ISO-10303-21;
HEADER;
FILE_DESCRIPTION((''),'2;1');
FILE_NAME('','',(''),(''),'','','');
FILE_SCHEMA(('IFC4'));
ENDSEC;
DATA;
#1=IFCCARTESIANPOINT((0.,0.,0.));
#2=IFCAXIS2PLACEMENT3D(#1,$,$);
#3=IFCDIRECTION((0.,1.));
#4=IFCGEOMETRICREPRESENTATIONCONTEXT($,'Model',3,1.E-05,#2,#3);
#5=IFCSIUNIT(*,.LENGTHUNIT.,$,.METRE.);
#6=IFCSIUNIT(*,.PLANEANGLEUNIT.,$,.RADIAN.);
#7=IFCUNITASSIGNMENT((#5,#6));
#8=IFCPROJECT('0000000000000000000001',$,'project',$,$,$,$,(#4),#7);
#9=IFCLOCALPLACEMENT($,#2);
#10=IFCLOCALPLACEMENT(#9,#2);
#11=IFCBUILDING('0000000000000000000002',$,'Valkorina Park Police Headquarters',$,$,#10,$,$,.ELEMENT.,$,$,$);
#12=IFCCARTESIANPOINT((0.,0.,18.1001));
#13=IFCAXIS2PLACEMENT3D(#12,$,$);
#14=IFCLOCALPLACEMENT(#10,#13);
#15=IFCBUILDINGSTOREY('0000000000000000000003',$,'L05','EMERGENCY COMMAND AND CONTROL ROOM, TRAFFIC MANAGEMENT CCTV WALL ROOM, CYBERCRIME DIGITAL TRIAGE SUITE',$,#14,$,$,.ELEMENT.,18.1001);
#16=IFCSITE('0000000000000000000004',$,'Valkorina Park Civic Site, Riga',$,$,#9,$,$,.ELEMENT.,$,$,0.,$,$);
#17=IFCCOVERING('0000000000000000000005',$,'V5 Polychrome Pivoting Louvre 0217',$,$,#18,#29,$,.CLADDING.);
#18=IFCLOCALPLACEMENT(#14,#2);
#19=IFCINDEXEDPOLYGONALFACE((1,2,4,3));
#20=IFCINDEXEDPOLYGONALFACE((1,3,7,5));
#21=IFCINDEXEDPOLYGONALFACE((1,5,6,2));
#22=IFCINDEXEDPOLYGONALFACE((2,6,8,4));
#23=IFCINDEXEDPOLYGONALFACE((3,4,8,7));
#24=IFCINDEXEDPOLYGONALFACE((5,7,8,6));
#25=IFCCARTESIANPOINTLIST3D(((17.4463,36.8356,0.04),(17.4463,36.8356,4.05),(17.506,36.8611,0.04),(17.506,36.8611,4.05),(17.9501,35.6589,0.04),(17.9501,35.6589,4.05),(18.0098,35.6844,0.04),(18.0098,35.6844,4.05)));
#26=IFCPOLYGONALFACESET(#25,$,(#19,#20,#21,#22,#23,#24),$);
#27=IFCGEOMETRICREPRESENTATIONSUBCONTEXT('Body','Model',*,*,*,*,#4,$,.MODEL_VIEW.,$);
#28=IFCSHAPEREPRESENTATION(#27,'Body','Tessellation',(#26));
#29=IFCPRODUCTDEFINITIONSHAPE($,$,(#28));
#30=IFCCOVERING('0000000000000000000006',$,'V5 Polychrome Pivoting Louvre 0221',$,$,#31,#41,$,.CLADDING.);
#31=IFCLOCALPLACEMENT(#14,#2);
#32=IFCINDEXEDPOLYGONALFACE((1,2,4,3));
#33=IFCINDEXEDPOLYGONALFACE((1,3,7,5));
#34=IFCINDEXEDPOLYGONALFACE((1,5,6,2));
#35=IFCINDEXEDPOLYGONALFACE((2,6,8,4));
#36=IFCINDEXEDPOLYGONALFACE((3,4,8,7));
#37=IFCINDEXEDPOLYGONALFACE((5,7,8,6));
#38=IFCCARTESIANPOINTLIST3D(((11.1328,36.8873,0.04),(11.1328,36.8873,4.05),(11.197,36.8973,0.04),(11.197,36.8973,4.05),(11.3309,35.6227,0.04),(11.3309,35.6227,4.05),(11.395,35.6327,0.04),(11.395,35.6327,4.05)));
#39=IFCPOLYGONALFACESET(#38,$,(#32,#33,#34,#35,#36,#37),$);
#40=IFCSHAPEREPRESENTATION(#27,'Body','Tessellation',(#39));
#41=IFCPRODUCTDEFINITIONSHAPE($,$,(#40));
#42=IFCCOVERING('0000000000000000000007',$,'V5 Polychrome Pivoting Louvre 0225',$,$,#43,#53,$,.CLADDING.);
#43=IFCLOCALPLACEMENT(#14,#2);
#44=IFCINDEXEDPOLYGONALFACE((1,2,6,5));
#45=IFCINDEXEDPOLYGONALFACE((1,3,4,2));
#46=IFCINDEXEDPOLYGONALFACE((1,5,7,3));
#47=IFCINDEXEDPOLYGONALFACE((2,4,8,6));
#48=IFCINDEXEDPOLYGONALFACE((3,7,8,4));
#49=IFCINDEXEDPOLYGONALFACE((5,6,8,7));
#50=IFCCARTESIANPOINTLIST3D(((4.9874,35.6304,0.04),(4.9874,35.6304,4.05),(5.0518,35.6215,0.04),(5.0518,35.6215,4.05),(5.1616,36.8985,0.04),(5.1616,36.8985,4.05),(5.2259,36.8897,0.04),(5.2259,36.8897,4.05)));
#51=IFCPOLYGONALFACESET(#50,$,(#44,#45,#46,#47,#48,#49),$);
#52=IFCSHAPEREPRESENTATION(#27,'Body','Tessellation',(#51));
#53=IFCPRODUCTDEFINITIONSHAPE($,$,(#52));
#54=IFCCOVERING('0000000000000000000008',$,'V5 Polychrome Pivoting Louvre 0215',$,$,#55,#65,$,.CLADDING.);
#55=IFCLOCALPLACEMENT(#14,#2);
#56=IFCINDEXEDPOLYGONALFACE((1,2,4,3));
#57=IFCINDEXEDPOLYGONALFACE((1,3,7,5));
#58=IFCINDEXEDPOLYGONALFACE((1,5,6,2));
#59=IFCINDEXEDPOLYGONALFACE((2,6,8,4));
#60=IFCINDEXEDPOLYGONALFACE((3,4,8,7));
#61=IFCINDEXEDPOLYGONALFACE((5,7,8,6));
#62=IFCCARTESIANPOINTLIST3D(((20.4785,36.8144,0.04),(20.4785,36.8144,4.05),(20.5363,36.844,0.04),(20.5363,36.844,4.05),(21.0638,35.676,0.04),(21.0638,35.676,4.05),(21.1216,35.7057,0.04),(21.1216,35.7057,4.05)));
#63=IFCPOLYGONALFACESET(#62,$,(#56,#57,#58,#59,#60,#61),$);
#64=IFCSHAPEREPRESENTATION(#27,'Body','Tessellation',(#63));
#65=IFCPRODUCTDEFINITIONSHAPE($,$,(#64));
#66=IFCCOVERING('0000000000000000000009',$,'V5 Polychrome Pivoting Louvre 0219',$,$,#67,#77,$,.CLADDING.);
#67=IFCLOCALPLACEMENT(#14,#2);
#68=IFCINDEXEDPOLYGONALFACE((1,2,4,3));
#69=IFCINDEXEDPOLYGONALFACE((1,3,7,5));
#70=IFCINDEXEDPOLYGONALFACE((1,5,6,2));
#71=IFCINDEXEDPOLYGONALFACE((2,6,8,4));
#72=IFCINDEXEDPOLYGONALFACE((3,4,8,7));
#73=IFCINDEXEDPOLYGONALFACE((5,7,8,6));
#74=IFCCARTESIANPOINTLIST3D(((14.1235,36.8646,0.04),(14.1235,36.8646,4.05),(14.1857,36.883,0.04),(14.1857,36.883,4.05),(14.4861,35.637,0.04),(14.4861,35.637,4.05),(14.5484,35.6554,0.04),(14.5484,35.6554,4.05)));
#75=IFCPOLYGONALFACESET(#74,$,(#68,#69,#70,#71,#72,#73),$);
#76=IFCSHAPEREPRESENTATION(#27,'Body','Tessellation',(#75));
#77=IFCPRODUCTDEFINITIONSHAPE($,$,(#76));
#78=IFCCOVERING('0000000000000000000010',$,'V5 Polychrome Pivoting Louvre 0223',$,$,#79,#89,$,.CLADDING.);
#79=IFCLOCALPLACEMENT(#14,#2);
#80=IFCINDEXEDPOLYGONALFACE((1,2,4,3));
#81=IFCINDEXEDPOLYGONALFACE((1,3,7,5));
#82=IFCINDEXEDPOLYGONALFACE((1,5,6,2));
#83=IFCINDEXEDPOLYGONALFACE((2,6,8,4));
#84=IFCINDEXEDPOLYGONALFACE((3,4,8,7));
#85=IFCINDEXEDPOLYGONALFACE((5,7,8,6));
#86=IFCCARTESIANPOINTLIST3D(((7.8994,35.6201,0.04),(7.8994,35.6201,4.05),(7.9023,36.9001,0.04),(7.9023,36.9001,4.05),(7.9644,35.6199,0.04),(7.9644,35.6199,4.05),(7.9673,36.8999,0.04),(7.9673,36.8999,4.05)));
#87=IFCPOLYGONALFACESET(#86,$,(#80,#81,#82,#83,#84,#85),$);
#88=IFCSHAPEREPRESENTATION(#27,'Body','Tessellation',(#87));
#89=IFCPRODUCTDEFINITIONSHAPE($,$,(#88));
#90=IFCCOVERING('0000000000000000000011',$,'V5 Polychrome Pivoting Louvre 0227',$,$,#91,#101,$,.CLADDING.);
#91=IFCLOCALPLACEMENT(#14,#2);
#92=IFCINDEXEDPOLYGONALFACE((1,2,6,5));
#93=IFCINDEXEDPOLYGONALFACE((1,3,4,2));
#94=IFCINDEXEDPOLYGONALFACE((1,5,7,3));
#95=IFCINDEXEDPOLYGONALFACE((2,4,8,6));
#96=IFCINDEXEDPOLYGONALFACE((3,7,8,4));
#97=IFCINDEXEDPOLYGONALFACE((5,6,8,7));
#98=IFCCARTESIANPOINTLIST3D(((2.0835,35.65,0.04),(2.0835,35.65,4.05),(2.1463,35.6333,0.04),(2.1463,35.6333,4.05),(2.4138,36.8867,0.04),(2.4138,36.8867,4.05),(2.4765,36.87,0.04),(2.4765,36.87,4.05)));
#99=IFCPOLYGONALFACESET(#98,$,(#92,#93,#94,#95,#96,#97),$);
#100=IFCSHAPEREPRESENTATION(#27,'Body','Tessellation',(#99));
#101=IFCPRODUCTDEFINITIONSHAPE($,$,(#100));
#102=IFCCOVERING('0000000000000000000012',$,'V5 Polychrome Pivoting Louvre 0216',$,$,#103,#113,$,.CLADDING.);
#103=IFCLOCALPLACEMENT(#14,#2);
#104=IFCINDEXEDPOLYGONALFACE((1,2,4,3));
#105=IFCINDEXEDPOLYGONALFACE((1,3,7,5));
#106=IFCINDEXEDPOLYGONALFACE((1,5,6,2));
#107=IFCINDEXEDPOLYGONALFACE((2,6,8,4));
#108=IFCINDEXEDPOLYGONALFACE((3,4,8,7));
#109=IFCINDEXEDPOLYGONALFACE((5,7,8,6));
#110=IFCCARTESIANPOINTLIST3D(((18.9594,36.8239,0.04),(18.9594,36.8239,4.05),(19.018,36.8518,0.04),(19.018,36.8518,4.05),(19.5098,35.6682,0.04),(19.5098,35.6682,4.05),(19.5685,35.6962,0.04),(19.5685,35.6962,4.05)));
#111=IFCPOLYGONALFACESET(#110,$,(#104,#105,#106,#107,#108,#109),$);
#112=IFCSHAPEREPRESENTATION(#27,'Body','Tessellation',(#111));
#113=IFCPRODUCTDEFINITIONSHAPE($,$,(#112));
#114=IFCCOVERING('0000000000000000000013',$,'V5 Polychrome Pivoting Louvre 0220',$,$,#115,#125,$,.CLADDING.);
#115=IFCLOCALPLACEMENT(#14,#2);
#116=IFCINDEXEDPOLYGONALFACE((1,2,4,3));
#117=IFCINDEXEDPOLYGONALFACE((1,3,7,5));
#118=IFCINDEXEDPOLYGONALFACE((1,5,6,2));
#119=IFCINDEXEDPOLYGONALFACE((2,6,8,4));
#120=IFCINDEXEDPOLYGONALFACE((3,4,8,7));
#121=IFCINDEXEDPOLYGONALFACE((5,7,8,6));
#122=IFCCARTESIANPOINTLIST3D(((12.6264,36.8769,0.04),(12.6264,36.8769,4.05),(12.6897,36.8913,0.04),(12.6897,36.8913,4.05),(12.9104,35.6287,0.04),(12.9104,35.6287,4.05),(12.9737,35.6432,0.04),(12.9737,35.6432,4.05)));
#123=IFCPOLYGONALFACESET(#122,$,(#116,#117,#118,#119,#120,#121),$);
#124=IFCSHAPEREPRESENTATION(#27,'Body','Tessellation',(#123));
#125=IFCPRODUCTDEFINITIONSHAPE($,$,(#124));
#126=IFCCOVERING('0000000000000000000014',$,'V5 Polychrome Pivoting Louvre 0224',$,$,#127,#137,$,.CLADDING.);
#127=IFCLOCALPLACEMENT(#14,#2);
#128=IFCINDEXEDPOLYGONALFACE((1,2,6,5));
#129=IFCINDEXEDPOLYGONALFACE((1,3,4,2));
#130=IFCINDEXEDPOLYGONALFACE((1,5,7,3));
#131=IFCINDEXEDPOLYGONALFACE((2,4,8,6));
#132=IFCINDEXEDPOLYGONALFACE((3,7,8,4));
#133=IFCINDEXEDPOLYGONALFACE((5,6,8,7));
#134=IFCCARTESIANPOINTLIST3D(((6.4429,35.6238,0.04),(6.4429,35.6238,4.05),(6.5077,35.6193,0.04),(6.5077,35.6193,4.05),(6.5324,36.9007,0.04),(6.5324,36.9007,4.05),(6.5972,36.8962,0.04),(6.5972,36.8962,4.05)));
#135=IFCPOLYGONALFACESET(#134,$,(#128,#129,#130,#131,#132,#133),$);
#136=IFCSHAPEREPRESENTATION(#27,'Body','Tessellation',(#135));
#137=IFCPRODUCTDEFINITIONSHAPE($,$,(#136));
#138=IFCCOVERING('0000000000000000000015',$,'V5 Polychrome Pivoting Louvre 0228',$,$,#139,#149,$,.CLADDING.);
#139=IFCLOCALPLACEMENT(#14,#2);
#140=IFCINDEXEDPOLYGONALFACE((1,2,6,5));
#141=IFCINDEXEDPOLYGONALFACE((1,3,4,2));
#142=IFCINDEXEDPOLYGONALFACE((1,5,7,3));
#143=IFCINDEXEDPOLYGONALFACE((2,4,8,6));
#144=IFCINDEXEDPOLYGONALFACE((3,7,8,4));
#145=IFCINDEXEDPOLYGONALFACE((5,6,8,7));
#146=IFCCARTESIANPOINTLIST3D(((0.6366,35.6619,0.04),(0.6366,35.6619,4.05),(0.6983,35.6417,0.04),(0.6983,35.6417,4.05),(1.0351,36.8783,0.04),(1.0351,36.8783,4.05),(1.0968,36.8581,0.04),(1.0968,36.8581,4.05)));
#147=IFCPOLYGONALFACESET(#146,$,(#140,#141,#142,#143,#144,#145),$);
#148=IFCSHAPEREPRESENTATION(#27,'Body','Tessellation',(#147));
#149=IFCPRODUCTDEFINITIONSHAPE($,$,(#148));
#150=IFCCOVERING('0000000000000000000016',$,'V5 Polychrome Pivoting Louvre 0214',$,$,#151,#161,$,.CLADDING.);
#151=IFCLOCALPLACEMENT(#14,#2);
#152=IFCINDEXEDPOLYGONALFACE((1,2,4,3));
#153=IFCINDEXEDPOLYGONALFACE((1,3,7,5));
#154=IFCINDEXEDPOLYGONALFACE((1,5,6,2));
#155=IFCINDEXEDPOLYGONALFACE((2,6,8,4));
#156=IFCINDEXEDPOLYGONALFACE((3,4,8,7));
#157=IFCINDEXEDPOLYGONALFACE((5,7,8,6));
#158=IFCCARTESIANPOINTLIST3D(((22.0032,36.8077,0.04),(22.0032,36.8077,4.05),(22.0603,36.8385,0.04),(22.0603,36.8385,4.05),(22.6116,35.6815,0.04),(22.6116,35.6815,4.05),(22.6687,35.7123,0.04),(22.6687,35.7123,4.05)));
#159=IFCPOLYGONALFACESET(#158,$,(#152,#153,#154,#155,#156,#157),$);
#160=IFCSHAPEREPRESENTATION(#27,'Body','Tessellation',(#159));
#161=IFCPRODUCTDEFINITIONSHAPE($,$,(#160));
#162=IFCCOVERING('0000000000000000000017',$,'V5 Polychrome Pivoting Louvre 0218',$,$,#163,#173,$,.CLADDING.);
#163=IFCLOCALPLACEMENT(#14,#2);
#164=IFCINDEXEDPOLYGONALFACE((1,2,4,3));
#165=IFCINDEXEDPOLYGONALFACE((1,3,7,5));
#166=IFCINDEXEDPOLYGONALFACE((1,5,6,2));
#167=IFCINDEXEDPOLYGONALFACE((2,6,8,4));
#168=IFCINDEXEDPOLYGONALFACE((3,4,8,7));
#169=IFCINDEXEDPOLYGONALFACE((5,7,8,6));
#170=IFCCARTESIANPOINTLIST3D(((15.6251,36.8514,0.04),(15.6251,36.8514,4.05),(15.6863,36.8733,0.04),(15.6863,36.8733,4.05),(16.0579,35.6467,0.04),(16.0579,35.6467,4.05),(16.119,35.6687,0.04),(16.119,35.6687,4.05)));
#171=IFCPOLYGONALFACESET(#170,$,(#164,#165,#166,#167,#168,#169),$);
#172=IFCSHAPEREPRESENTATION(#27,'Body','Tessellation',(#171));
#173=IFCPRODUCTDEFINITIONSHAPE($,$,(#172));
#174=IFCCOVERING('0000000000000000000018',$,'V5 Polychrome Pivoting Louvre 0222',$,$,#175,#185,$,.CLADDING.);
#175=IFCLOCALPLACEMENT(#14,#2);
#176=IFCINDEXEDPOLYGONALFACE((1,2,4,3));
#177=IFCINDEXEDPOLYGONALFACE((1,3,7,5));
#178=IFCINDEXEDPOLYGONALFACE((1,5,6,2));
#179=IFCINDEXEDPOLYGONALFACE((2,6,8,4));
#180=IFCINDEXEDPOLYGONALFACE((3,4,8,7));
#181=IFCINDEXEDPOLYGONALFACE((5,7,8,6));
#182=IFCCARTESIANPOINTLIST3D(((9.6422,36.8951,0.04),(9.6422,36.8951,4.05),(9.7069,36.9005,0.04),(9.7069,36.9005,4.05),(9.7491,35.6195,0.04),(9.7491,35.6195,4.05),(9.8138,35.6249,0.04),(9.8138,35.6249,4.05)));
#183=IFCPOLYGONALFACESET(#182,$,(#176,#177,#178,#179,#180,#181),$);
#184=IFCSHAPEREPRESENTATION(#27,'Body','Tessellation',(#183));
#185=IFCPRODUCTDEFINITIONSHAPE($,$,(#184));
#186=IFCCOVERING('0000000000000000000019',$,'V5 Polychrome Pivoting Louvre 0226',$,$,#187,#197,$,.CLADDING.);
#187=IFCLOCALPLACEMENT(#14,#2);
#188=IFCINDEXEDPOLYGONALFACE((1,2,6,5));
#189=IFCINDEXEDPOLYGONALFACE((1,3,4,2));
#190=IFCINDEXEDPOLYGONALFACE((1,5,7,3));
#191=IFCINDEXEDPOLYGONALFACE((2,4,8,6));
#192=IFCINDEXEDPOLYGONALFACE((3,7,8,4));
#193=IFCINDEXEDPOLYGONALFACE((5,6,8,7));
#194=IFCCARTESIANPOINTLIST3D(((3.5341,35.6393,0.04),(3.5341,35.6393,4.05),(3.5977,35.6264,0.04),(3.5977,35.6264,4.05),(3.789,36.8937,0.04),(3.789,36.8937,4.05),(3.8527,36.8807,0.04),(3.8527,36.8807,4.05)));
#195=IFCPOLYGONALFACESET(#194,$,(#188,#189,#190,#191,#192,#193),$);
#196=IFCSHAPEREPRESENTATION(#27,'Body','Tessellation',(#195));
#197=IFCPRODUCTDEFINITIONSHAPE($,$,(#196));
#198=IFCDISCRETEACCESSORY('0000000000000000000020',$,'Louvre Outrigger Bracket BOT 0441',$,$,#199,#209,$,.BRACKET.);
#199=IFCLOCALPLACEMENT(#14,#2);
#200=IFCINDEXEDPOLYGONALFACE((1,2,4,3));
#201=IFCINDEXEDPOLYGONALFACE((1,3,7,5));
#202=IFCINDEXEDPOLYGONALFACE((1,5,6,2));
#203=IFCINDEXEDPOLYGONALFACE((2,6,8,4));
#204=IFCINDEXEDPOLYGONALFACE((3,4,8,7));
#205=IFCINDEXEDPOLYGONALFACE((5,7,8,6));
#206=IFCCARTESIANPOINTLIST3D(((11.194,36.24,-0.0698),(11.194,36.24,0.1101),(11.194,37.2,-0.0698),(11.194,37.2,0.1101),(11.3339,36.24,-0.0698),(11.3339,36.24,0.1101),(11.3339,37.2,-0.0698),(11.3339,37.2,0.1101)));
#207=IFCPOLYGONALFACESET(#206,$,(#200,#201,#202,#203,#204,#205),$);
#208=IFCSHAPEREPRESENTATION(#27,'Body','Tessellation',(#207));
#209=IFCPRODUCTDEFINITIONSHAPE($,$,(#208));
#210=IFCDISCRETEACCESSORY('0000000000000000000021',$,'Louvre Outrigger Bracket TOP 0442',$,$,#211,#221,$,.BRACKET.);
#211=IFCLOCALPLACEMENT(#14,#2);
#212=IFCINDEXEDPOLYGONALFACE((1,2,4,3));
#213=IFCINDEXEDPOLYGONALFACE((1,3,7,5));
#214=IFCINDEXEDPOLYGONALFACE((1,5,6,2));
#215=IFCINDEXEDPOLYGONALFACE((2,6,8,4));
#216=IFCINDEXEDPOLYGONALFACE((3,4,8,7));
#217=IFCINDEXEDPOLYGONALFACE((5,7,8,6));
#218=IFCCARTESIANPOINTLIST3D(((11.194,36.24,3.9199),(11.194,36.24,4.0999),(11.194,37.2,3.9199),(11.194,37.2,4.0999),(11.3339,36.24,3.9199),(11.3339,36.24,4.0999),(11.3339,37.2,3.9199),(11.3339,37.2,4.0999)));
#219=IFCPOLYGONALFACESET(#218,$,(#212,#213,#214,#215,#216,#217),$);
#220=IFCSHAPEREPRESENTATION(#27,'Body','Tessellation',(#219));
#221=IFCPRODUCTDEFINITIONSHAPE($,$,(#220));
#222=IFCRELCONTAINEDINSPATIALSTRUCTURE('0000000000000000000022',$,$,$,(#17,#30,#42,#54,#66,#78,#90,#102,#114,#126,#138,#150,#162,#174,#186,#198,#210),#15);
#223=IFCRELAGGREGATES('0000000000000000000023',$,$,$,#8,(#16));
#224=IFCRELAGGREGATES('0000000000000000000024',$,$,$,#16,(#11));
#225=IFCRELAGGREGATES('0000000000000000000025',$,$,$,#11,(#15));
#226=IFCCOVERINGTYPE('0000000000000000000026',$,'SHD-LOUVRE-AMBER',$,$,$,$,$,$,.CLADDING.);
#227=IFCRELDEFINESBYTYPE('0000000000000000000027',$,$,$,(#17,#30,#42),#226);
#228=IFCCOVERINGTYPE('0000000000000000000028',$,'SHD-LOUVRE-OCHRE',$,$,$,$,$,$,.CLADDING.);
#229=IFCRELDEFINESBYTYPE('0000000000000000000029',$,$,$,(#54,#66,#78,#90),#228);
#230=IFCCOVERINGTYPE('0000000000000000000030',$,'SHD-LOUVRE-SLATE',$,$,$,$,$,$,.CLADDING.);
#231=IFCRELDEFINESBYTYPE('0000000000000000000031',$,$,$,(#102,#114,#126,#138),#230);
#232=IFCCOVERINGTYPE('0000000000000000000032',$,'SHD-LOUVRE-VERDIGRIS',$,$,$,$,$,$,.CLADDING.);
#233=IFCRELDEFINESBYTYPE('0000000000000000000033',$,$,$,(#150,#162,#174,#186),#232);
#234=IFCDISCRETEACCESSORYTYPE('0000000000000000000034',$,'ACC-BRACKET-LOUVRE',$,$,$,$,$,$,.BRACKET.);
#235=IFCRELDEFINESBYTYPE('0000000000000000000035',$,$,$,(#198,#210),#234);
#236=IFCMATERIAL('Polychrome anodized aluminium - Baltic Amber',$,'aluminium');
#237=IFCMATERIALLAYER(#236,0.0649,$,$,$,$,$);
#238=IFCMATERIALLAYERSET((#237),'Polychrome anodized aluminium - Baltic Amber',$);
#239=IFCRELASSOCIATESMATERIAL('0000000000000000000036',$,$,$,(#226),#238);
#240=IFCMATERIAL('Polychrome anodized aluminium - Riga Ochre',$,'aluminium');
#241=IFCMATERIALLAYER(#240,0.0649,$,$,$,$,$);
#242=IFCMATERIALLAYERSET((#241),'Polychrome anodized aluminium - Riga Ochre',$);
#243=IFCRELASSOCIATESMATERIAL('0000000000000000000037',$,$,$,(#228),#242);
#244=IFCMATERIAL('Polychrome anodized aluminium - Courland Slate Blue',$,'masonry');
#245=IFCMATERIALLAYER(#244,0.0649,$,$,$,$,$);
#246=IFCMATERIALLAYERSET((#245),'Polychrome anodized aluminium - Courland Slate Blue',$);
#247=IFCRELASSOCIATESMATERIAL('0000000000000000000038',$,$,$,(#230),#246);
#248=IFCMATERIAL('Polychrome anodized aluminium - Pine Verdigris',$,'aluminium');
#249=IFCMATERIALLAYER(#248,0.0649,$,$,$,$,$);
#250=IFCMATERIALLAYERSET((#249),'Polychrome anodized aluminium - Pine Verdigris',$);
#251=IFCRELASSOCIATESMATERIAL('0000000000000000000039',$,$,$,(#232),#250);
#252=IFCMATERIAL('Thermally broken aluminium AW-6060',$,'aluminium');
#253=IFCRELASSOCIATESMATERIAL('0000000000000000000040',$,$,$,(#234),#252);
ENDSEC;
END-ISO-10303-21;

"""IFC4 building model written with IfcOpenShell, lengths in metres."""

from ifc_helpers import new_model, si_unit, direction, frame, origin, origin_2d, place, context, subcontext, project, spatial, rectangle, extrude, material, layer, layer_set, type_object, element, save


model = new_model("IFC4")

# Units and contexts
model_context = context("Model", 3, precision=1e-05, world=origin(), true_north=direction((0.0, 1.0)))
body_context = subcontext(model_context, "Body", "Model", "MODEL_VIEW")
ifc_project = project(units=[si_unit("LENGTHUNIT", "METRE"), si_unit("PLANEANGLEUNIT", "RADIAN")], contexts=[model_context])

# Site, building, storey
site_placement = place(None, origin())
site = spatial("IfcSite", under=ifc_project, at=site_placement, Name="Valkorina Park Civic Site, Riga", CompositionType="ELEMENT", RefElevation=0.0)
building_placement = place(site_placement, origin())
building = spatial("IfcBuilding", under=site, at=building_placement, Name="Valkorina Park Police Headquarters", CompositionType="ELEMENT")
storey_placement = place(building_placement, frame((0.0, 0.0, 18.1001)))
storey = spatial("IfcBuildingStorey", under=building, at=storey_placement, Name="L05", Description="EMERGENCY COMMAND AND CONTROL ROOM, TRAFFIC MANAGEMENT CCTV WALL ROOM, CYBERCRIME DIGITAL TRIAGE SUITE", CompositionType="ELEMENT", Elevation=18.1001)

# Coverings
ifc_material_1 = material(Name="Polychrome anodized aluminium - Baltic Amber", Category="aluminium")
ifc_layer_1 = layer(ifc_material_1, 0.0649)
ifc_layer_set_1 = layer_set([ifc_layer_1], Name="Polychrome anodized aluminium - Baltic Amber")
covering_type_1 = type_object("IfcCoveringType", Name="SHD-LOUVRE-AMBER", PredefinedType="CLADDING", material=ifc_layer_set_1)
for number, where, z_axis, x_axis, name in (
    (1, (17.728, 36.26, 0.04), (0.0, 0.0, 1.0), (0.393621, -0.919273, 0.0), "V5 Polychrome Pivoting Louvre 0217"),
    (2, (11.2639, 36.26, 0.04), (0.0, 0.0, 1.0), (0.15471, -0.98796, 0.0), "V5 Polychrome Pivoting Louvre 0221"),
    (3, (5.1067, 36.26, 0.04), (0.0, 0.0, 1.0), (-0.136061, -0.9907, 0.0), "V5 Polychrome Pivoting Louvre 0225"),
):
    element("IfcCovering", number, at=place(storey_placement, frame(where, z_axis=z_axis, x_axis=x_axis)), inside=storey, type_object=covering_type_1, Name=name, PredefinedType="CLADDING", context=body_context, shape_type="SweptSolid", body=[
        extrude(rectangle(XDim=1.28, YDim=0.0649, at=origin_2d()), origin(), (0.0, 0.0, 1.0), 4.01),
    ])
ifc_material_2 = material(Name="Polychrome anodized aluminium - Riga Ochre", Category="aluminium")
ifc_layer_2 = layer(ifc_material_2, 0.0649)
ifc_layer_set_2 = layer_set([ifc_layer_2], Name="Polychrome anodized aluminium - Riga Ochre")
covering_type_2 = type_object("IfcCoveringType", Name="SHD-LOUVRE-OCHRE", PredefinedType="CLADDING", material=ifc_layer_set_2)
for number, where, z_axis, x_axis, name in (
    (4, (20.8, 36.26, 0.04), (0.0, 0.0, 1.0), (0.457253, -0.889337, 0.0), "V5 Polychrome Pivoting Louvre 0215"),
    (5, (14.3359, 36.26, 0.04), (0.0, 0.0, 1.0), (0.283346, -0.959018, 0.0), "V5 Polychrome Pivoting Louvre 0219"),
    (6, (7.9333, 36.26, 0.04), (0.0, 0.0, 1.0), (-0.002269, -0.999997, 0.0), "V5 Polychrome Pivoting Louvre 0223"),
    (7, (2.28, 36.26, 0.04), (0.0, 0.0, 1.0), (-0.257976, -0.966151, 0.0), "V5 Polychrome Pivoting Louvre 0227"),
):
    element("IfcCovering", number, at=place(storey_placement, frame(where, z_axis=z_axis, x_axis=x_axis)), inside=storey, type_object=covering_type_2, Name=name, PredefinedType="CLADDING", context=body_context, shape_type="SweptSolid", body=[
        extrude(rectangle(XDim=1.28, YDim=0.0649, at=origin_2d()), origin(), (0.0, 0.0, 1.0), 4.01),
    ])
ifc_material_3 = material(Name="Polychrome anodized aluminium - Courland Slate Blue", Category="masonry")
ifc_layer_3 = layer(ifc_material_3, 0.0649)
ifc_layer_set_3 = layer_set([ifc_layer_3], Name="Polychrome anodized aluminium - Courland Slate Blue")
covering_type_3 = type_object("IfcCoveringType", Name="SHD-LOUVRE-SLATE", PredefinedType="CLADDING", material=ifc_layer_set_3)
for number, where, z_axis, x_axis, name in (
    (8, (19.2639, 36.26, 0.04), (0.0, 0.0, 1.0), (0.430038, -0.902811, 0.0), "V5 Polychrome Pivoting Louvre 0216"),
    (9, (12.8, 36.26, 0.04), (0.0, 0.0, 1.0), (0.221889, -0.975072, 0.0), "V5 Polychrome Pivoting Louvre 0220"),
    (10, (6.52, 36.26, 0.04), (0.0, 0.0, 1.0), (-0.069931, -0.997552, 0.0), "V5 Polychrome Pivoting Louvre 0224"),
    (11, (0.8667, 36.26, 0.04), (0.0, 0.0, 1.0), (-0.31134, -0.950299, 0.0), "V5 Polychrome Pivoting Louvre 0228"),
):
    element("IfcCovering", number, at=place(storey_placement, frame(where, z_axis=z_axis, x_axis=x_axis)), inside=storey, type_object=covering_type_3, Name=name, PredefinedType="CLADDING", context=body_context, shape_type="SweptSolid", body=[
        extrude(rectangle(XDim=1.28, YDim=0.0649, at=origin_2d()), origin(), (0.0, 0.0, 1.0), 4.01),
    ])
ifc_material_4 = material(Name="Polychrome anodized aluminium - Pine Verdigris", Category="aluminium")
ifc_layer_4 = layer(ifc_material_4, 0.0649)
ifc_layer_set_4 = layer_set([ifc_layer_4], Name="Polychrome anodized aluminium - Pine Verdigris")
covering_type_4 = type_object("IfcCoveringType", Name="SHD-LOUVRE-VERDIGRIS", PredefinedType="CLADDING", material=ifc_layer_set_4)
for number, where, z_axis, x_axis, name in (
    (12, (22.3359, 36.26, 0.04), (0.0, 0.0, 1.0), (0.475317, -0.879815, 0.0), "V5 Polychrome Pivoting Louvre 0214"),
    (13, (15.8721, 36.26, 0.04), (0.0, 0.0, 1.0), (0.338081, -0.941117, 0.0), "V5 Polychrome Pivoting Louvre 0218"),
    (14, (9.728, 36.26, 0.04), (0.0, 0.0, 1.0), (0.083504, -0.996507, 0.0), "V5 Polychrome Pivoting Louvre 0222"),
    (15, (3.6934, 36.26, 0.04), (0.0, 0.0, 1.0), (-0.199197, -0.979959, 0.0), "V5 Polychrome Pivoting Louvre 0226"),
):
    element("IfcCovering", number, at=place(storey_placement, frame(where, z_axis=z_axis, x_axis=x_axis)), inside=storey, type_object=covering_type_4, Name=name, PredefinedType="CLADDING", context=body_context, shape_type="SweptSolid", body=[
        extrude(rectangle(XDim=1.28, YDim=0.0649, at=origin_2d()), origin(), (0.0, 0.0, 1.0), 4.01),
    ])

# Discrete accessories
ifc_material_5 = material(Name="Thermally broken aluminium AW-6060", Category="aluminium")
discrete_accessory_type = type_object("IfcDiscreteAccessoryType", Name="ACC-BRACKET-LOUVRE", PredefinedType="BRACKET", material=ifc_material_5)
for number, where, z_axis, x_axis, name in (
    (16, (11.2639, 36.72, -0.0698), (0.0, 0.0, 1.0), (0.0, -1.0, 0.0), "Louvre Outrigger Bracket BOT 0441"),
    (17, (11.2639, 36.72, 3.9199), (0.0, 0.0, 1.0), (0.0, -1.0, 0.0), "Louvre Outrigger Bracket TOP 0442"),
):
    element("IfcDiscreteAccessory", number, at=place(storey_placement, frame(where, z_axis=z_axis, x_axis=x_axis)), inside=storey, type_object=discrete_accessory_type, Name=name, PredefinedType="BRACKET", context=body_context, shape_type="SweptSolid", body=[
        extrude(rectangle(XDim=0.96, YDim=0.1399, at=origin_2d()), origin(), (0.0, 0.0, 1.0), 0.1799),
    ])

save(model, "model.ifc")
